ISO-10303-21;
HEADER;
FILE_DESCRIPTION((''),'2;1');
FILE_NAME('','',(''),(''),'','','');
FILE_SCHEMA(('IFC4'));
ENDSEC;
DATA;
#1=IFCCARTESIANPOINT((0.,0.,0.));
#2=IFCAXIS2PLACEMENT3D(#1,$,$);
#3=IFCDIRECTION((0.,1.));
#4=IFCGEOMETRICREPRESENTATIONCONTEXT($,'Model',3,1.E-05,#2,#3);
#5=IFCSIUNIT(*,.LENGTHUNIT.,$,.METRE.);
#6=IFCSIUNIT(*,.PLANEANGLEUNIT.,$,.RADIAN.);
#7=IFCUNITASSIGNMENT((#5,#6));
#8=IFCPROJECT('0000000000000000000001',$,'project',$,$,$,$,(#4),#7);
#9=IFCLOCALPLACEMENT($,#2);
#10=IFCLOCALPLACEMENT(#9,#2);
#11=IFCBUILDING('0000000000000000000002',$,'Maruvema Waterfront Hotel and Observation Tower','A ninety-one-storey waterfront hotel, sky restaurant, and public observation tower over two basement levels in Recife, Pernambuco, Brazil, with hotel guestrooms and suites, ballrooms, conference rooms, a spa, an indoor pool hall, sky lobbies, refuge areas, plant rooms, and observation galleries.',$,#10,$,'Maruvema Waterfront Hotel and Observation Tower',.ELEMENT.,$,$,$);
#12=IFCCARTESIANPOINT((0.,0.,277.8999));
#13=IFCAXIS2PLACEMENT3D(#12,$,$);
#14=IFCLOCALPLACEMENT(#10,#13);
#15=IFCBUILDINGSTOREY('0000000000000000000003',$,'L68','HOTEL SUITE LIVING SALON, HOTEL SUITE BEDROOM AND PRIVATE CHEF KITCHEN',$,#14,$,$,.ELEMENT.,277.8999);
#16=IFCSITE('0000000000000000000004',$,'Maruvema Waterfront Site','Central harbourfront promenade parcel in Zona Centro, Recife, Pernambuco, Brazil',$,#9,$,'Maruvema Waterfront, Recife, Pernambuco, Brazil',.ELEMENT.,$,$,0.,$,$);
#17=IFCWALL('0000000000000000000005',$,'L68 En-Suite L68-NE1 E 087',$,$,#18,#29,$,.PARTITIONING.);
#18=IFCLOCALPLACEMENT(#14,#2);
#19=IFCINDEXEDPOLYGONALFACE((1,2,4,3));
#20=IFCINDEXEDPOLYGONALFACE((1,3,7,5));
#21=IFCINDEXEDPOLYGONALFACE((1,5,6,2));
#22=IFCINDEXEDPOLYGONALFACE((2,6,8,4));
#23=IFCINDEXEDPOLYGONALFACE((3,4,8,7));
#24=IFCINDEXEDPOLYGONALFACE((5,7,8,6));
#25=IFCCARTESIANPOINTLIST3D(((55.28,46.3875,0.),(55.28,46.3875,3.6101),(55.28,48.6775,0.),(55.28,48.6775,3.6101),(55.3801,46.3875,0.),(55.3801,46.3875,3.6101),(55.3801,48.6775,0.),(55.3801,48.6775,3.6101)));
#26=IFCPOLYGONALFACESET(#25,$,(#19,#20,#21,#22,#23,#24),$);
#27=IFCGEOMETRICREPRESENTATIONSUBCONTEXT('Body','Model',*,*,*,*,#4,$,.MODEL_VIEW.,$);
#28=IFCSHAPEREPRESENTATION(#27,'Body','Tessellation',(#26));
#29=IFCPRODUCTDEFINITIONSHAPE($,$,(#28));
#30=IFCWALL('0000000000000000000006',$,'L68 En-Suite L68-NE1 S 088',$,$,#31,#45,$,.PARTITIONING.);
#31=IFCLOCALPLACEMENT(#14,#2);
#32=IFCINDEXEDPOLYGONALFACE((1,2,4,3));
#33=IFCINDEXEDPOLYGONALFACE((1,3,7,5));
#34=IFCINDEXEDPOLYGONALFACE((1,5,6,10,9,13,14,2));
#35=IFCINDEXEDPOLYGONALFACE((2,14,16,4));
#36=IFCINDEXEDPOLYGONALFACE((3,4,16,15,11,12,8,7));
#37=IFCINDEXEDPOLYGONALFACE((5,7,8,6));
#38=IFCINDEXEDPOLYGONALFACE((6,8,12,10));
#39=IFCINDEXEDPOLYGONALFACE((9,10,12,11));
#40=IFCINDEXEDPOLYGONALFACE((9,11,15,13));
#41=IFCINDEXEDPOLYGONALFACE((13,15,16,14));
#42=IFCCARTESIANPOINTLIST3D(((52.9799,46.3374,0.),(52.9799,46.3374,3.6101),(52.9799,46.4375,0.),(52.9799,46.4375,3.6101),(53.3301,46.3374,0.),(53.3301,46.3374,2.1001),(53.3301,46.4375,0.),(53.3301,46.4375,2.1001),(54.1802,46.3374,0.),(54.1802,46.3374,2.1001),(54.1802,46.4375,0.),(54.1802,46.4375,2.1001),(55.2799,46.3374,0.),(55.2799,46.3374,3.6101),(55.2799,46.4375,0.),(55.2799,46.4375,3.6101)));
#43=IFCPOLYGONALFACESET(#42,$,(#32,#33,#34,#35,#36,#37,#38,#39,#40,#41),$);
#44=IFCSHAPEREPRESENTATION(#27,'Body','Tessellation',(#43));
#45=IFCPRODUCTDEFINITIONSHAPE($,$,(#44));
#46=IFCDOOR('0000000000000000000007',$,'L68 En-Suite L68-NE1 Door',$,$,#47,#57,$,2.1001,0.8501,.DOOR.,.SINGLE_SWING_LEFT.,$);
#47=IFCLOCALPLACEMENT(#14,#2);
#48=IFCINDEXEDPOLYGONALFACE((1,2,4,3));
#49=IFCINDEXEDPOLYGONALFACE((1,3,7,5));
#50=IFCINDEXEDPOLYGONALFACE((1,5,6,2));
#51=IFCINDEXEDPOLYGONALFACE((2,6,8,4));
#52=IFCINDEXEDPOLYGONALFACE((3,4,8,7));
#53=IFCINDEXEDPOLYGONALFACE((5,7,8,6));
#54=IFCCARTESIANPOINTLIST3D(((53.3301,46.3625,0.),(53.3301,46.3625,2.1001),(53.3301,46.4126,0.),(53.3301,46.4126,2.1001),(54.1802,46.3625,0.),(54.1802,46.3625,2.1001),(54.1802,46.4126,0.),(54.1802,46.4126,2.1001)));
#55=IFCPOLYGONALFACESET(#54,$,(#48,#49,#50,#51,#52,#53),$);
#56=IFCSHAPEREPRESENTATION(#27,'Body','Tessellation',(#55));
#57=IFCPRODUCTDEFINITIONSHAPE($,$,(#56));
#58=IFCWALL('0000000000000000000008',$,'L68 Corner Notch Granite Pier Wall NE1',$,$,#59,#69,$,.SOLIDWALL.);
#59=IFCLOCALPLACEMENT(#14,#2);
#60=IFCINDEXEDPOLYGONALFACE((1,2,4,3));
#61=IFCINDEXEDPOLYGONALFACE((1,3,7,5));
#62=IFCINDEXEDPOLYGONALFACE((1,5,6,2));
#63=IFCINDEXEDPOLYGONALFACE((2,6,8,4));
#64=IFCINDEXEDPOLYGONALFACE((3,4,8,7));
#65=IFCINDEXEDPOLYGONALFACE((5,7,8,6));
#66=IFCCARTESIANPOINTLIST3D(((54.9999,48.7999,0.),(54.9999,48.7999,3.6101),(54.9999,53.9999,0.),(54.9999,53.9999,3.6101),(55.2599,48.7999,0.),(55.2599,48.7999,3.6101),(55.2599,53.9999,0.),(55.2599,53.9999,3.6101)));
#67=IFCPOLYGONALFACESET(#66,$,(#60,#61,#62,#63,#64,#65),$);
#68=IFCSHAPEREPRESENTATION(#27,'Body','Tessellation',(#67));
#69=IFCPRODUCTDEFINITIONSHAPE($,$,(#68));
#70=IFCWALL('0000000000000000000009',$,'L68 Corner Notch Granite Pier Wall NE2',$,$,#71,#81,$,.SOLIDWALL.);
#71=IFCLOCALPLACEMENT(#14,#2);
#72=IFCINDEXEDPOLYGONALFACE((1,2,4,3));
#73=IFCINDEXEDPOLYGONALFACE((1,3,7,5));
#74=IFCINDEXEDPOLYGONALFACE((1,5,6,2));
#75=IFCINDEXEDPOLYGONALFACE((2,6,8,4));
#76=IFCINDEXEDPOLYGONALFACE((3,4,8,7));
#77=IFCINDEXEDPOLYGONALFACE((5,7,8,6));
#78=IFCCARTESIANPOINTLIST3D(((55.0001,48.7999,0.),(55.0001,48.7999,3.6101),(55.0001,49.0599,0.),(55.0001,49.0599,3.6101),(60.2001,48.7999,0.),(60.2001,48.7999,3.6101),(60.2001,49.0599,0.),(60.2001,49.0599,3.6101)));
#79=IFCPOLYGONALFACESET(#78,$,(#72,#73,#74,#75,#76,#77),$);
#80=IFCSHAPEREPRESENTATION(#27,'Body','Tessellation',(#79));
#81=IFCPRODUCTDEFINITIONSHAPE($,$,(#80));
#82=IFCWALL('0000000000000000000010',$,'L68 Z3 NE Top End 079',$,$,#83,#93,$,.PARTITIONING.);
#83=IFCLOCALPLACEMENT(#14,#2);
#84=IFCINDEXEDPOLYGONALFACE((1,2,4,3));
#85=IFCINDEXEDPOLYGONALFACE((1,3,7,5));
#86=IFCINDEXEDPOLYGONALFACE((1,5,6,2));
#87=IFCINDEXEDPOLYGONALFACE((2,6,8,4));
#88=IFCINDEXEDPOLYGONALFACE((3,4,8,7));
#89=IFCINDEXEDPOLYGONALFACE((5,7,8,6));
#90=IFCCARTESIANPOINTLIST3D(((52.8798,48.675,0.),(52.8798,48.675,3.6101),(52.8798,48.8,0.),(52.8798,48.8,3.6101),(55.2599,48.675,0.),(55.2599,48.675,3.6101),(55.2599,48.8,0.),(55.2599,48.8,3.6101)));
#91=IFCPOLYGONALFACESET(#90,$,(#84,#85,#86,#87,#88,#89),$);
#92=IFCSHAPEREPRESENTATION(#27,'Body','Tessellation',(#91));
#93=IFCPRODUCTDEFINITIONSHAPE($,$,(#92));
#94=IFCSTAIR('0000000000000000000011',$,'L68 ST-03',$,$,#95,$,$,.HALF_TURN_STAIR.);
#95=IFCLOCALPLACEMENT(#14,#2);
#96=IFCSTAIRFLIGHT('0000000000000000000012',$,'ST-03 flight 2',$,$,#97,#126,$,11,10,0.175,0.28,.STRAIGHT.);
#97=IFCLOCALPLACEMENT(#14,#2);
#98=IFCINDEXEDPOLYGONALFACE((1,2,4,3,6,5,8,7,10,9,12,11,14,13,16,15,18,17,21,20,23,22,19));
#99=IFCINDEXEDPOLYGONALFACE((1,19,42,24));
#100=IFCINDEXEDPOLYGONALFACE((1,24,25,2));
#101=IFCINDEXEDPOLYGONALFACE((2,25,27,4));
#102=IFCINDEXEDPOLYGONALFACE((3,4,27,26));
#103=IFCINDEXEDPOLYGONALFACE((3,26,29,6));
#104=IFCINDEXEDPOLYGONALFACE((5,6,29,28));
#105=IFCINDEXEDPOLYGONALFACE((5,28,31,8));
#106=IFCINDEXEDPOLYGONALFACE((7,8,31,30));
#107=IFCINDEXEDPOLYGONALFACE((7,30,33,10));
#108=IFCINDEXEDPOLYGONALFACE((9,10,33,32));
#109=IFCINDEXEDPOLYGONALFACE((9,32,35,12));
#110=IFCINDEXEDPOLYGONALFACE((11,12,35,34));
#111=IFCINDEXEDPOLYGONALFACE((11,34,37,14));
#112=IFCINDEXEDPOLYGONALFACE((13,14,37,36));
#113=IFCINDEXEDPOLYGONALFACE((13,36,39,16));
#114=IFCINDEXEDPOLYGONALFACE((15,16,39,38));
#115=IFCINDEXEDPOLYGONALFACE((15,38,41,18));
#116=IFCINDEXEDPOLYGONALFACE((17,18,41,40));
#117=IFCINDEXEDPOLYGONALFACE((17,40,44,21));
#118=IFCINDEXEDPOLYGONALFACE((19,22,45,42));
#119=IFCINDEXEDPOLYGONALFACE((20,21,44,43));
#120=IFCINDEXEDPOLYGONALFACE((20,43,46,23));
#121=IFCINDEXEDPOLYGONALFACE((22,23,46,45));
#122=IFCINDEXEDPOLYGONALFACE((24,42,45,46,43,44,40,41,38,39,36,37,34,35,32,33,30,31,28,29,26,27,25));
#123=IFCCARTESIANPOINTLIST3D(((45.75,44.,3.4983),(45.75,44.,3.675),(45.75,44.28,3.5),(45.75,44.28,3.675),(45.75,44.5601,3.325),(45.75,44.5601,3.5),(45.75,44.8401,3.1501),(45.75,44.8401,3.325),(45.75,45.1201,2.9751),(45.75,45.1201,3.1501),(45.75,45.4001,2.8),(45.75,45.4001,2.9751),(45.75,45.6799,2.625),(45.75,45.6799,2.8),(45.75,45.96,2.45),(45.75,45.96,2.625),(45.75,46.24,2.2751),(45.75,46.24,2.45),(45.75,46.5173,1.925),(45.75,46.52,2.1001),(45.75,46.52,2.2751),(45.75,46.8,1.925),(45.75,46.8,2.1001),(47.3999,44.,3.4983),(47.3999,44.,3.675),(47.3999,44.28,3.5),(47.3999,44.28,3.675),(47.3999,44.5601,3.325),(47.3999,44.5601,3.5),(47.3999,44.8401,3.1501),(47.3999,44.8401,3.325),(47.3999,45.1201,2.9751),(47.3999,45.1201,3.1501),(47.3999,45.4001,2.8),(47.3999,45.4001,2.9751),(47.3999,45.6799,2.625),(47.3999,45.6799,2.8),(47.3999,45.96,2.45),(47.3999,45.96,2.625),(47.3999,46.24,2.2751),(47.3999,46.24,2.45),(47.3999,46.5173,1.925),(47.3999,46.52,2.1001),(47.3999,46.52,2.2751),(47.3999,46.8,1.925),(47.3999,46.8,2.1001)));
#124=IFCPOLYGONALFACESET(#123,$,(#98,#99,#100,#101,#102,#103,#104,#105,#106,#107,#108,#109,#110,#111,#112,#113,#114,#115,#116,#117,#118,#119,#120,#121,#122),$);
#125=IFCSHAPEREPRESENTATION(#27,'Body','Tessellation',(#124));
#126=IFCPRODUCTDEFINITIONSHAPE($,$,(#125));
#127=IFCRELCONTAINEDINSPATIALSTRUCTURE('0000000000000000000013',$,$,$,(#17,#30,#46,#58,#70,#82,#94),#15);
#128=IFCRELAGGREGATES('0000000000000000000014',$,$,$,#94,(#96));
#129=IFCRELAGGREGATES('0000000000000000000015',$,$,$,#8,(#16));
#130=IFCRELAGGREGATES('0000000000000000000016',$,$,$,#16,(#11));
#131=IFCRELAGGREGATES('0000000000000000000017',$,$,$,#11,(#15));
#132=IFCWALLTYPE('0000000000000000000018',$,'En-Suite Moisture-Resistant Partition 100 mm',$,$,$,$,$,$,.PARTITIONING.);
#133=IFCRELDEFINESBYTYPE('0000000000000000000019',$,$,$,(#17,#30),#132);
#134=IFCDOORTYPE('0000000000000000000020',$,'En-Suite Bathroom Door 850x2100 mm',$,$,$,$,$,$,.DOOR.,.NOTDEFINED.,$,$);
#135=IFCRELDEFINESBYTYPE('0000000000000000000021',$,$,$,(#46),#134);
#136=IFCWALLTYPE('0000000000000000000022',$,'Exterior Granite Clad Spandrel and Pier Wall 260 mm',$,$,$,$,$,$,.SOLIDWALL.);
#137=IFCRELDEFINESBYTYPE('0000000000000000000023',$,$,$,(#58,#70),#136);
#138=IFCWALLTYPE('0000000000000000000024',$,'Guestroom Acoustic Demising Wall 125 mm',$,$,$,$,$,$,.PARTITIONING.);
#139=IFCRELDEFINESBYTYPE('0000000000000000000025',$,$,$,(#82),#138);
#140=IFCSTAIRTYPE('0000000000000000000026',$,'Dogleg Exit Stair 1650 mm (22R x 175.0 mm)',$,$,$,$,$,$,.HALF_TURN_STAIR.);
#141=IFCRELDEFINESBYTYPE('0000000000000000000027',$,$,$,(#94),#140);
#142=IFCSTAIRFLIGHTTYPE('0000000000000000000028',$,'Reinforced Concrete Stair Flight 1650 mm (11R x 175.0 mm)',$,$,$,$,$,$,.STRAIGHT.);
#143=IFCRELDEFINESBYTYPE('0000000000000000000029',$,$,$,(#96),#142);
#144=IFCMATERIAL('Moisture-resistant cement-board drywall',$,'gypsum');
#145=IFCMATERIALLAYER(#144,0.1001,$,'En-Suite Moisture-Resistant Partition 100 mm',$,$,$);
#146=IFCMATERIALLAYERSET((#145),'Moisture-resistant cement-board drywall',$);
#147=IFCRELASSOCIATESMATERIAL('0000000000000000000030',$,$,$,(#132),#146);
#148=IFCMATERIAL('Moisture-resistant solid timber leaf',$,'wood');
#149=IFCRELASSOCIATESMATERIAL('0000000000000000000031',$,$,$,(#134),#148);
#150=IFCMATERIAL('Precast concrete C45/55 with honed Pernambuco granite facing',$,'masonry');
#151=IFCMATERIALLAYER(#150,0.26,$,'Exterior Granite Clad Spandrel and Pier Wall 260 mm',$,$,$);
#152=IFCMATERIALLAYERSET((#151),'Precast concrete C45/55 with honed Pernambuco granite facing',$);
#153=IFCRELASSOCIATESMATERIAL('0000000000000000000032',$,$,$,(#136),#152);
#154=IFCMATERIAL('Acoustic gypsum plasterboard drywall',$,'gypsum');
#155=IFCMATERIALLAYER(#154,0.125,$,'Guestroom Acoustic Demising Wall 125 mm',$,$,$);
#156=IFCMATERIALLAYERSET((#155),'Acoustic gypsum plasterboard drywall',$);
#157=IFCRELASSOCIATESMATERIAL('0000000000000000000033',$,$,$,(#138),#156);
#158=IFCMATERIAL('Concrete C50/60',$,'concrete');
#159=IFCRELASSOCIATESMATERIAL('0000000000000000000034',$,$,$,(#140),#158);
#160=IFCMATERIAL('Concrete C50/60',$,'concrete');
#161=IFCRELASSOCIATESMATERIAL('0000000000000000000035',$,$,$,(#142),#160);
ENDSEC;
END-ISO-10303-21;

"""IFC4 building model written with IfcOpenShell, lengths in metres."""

from ifc_helpers import new_model, si_unit, direction, frame, frame_2d, origin, place, context, subcontext, project, spatial, polyline, rectangle, outline, extrude, material, layer, layer_set, type_object, element, fill, aggregate, save


model = new_model("IFC4")

# Units and contexts
model_context = context("Model", 3, precision=1e-05, world=origin(), true_north=direction((0.0, 1.0)))
body_context = subcontext(model_context, "Body", "Model", "MODEL_VIEW")
ifc_project = project(units=[si_unit("LENGTHUNIT", "METRE"), si_unit("PLANEANGLEUNIT", "RADIAN")], contexts=[model_context])

# Site, building, storey
site_placement = place(None, origin())
site = spatial("IfcSite", under=ifc_project, at=site_placement, Name="Maruvema Waterfront Site", Description="Central harbourfront promenade parcel in Zona Centro, Recife, Pernambuco, Brazil", LongName="Maruvema Waterfront, Recife, Pernambuco, Brazil", CompositionType="ELEMENT", RefElevation=0.0)
building_placement = place(site_placement, origin())
building = spatial("IfcBuilding", under=site, at=building_placement, Name="Maruvema Waterfront Hotel and Observation Tower", Description="A ninety-one-storey waterfront hotel, sky restaurant, and public observation tower over two basement levels in Recife, Pernambuco, Brazil, with hotel guestrooms and suites, ballrooms, conference rooms, a spa, an indoor pool hall, sky lobbies, refuge areas, plant rooms, and observation galleries.", LongName="Maruvema Waterfront Hotel and Observation Tower", CompositionType="ELEMENT")
storey_placement = place(building_placement, frame((0.0, 0.0, 277.8999)))
storey = spatial("IfcBuildingStorey", under=building, at=storey_placement, Name="L68", Description="HOTEL SUITE LIVING SALON, HOTEL SUITE BEDROOM AND PRIVATE CHEF KITCHEN", CompositionType="ELEMENT", Elevation=277.8999)

# Wall
ifc_material_1 = material(Name="Moisture-resistant cement-board drywall", Category="gypsum")
ifc_layer_1 = layer(ifc_material_1, 0.1001, Name="En-Suite Moisture-Resistant Partition 100 mm")
ifc_layer_set_1 = layer_set([ifc_layer_1], Name="Moisture-resistant cement-board drywall")
wall_type_1 = type_object("IfcWallType", Name="En-Suite Moisture-Resistant Partition 100 mm", PredefinedType="PARTITIONING", material=ifc_layer_set_1)
wall_1_placement = place(storey_placement, frame((55.3301, 46.3875, 0.0), z_axis=(0.0, 0.0, 1.0), x_axis=(0.0, 1.0, 0.0)))
element("IfcWall", 1, at=wall_1_placement, inside=storey, type_object=wall_type_1, Name="L68 En-Suite L68-NE1 E 087", PredefinedType="PARTITIONING", context=body_context, shape_type="SweptSolid", body=[
    extrude(rectangle(XDim=2.29, YDim=0.1001, at=frame_2d((1.145, 0.0))), origin(), (0.0, 0.0, 1.0), 3.6101),
])

# Wall, opening, door
wall_2_placement = place(storey_placement, frame((52.98, 46.3875, 0.0), z_axis=(0.0, 0.0, 1.0), x_axis=(1.0, 0.0, 0.0)))
wall_2 = element("IfcWall", 2, at=wall_2_placement, inside=storey, type_object=wall_type_1, Name="L68 En-Suite L68-NE1 S 088", PredefinedType="PARTITIONING", context=body_context, shape_type="SweptSolid", body=[
    extrude(rectangle(XDim=2.3, YDim=0.1001, at=frame_2d((1.1499, 0.0))), origin(), (0.0, 0.0, 1.0), 3.6101),
])
opening_placement = place(wall_2_placement, frame((0.3501, 0.0, 0.0)))
opening = element("IfcOpeningElement", 3, at=opening_placement, cuts=wall_2, PredefinedType="OPENING", context=body_context, shape_type="SweptSolid", body=[
    extrude(rectangle(XDim=0.8501, YDim=2.1001, at=frame_2d((0.425, 1.05))), frame((0.0, 0.0601, 0.0), z_axis=(0.0, -1.0, 0.0), x_axis=(1.0, 0.0, 0.0)), (0.0, 0.0, 1.0), 0.1201),
])
ifc_material_2 = material(Name="Moisture-resistant solid timber leaf", Category="wood")
door_type = type_object("IfcDoorType", Name="En-Suite Bathroom Door 850x2100 mm", OperationType="NOTDEFINED", PredefinedType="DOOR", material=ifc_material_2)
door_placement = place(opening_placement, frame((0.8501, 0.0, 0.0), z_axis=(0.0, 0.0, 1.0), x_axis=(-1.0, 0.0, 0.0)))
door = element("IfcDoor", 4, at=door_placement, inside=storey, type_object=door_type, Name="L68 En-Suite L68-NE1 Door", OperationType="SINGLE_SWING_LEFT", OverallHeight=2.1001, OverallWidth=0.8501, PredefinedType="DOOR", context=body_context, shape_type="SweptSolid", body=[
    extrude(rectangle(XDim=0.8501, YDim=2.1001, at=frame_2d((0.425, 1.05))), frame((0.0, 0.0249, 0.0), z_axis=(0.0, -1.0, 0.0), x_axis=(1.0, 0.0, 0.0)), (0.0, 0.0, 1.0), 0.05),
])
fill(opening, door)

# Walls
ifc_material_3 = material(Name="Precast concrete C45/55 with honed Pernambuco granite facing", Category="masonry")
ifc_layer_2 = layer(ifc_material_3, 0.26, Name="Exterior Granite Clad Spandrel and Pier Wall 260 mm")
ifc_layer_set_2 = layer_set([ifc_layer_2], Name="Precast concrete C45/55 with honed Pernambuco granite facing")
wall_type_2 = type_object("IfcWallType", Name="Exterior Granite Clad Spandrel and Pier Wall 260 mm", PredefinedType="SOLIDWALL", material=ifc_layer_set_2)
for number, where, z_axis, x_axis, name in (
    (5, (55.1299, 54.0, 0.0), (0.0, 0.0, 1.0), (0.0, -1.0, 0.0), "L68 Corner Notch Granite Pier Wall NE1"),
    (6, (55.0, 48.9299, 0.0), (0.0, 0.0, 1.0), (1.0, 0.0, 0.0), "L68 Corner Notch Granite Pier Wall NE2"),
):
    element("IfcWall", number, at=place(storey_placement, frame(where, z_axis=z_axis, x_axis=x_axis)), inside=storey, type_object=wall_type_2, Name=name, PredefinedType="SOLIDWALL", context=body_context, shape_type="SweptSolid", body=[
        extrude(rectangle(XDim=5.2, YDim=0.26, at=frame_2d((2.6001, 0.0))), origin(), (0.0, 0.0, 1.0), 3.6101),
    ])
ifc_material_4 = material(Name="Acoustic gypsum plasterboard drywall", Category="gypsum")
ifc_layer_3 = layer(ifc_material_4, 0.125, Name="Guestroom Acoustic Demising Wall 125 mm")
ifc_layer_set_3 = layer_set([ifc_layer_3], Name="Acoustic gypsum plasterboard drywall")
wall_type_3 = type_object("IfcWallType", Name="Guestroom Acoustic Demising Wall 125 mm", PredefinedType="PARTITIONING", material=ifc_layer_set_3)
wall_3_placement = place(storey_placement, frame((52.8799, 48.7375, 0.0), z_axis=(0.0, 0.0, 1.0), x_axis=(1.0, 0.0, 0.0)))
element("IfcWall", 7, at=wall_3_placement, inside=storey, type_object=wall_type_3, Name="L68 Z3 NE Top End 079", PredefinedType="PARTITIONING", context=body_context, shape_type="SweptSolid", body=[
    extrude(rectangle(XDim=2.3801, YDim=0.125, at=frame_2d((1.1899, 0.0))), origin(), (0.0, 0.0, 1.0), 3.6101),
])

# Stair, stair flight
ifc_material_5 = material(Name="Concrete C50/60", Category="concrete")
stair_type = type_object("IfcStairType", Name="Dogleg Exit Stair 1650 mm (22R x 175.0 mm)", PredefinedType="HALF_TURN_STAIR", material=ifc_material_5)
stair_placement = place(storey_placement, origin())
stair = element("IfcStair", 8, at=stair_placement, inside=storey, type_object=stair_type, Name="L68 ST-03", PredefinedType="HALF_TURN_STAIR")
ifc_material_6 = material(Name="Concrete C50/60", Category="concrete")
stair_flight_type = type_object("IfcStairFlightType", Name="Reinforced Concrete Stair Flight 1650 mm (11R x 175.0 mm)", PredefinedType="STRAIGHT", material=ifc_material_6)
stair_flight_placement = place(storey_placement, frame((46.575, 46.8, 1.925), z_axis=(0.0, 0.0, 1.0), x_axis=(0.0, -1.0, 0.0)))
stair_flight = element("IfcStairFlight", 9, at=stair_flight_placement, type_object=stair_flight_type, Name="ST-03 flight 2", NumberOfRisers=11, NumberOfTreads=10, PredefinedType="STRAIGHT", RiserHeight=0.175, TreadLength=0.28, context=body_context, shape_type="SweptSolid", body=[
    extrude(outline(polyline([(0.0, 0.0), (0.0, 0.175), (0.28, 0.175), (0.28, 0.3501), (0.5601, 0.3501), (0.5601, 0.5249), (0.8401, 0.5249), (0.8401, 0.7), (1.1201, 0.7), (1.1201, 0.875), (1.3999, 0.875), (1.3999, 1.05), (1.6799, 1.05), (1.6799, 1.2251), (1.96, 1.2251), (1.96, 1.3999), (2.24, 1.3999), (2.24, 1.575), (2.52, 1.575), (2.52, 1.75), (2.8, 1.75), (2.8, 1.925), (2.8, 1.5732), (0.2827, 0.0), (0.0, 0.0)])), frame((0.0, 0.825, 0.0), z_axis=(0.0, -1.0, 0.0), x_axis=(1.0, 0.0, 0.0)), (0.0, 0.0, 1.0), 1.6499),
])
aggregate(stair, [stair_flight])

save(model, "model.ifc")
